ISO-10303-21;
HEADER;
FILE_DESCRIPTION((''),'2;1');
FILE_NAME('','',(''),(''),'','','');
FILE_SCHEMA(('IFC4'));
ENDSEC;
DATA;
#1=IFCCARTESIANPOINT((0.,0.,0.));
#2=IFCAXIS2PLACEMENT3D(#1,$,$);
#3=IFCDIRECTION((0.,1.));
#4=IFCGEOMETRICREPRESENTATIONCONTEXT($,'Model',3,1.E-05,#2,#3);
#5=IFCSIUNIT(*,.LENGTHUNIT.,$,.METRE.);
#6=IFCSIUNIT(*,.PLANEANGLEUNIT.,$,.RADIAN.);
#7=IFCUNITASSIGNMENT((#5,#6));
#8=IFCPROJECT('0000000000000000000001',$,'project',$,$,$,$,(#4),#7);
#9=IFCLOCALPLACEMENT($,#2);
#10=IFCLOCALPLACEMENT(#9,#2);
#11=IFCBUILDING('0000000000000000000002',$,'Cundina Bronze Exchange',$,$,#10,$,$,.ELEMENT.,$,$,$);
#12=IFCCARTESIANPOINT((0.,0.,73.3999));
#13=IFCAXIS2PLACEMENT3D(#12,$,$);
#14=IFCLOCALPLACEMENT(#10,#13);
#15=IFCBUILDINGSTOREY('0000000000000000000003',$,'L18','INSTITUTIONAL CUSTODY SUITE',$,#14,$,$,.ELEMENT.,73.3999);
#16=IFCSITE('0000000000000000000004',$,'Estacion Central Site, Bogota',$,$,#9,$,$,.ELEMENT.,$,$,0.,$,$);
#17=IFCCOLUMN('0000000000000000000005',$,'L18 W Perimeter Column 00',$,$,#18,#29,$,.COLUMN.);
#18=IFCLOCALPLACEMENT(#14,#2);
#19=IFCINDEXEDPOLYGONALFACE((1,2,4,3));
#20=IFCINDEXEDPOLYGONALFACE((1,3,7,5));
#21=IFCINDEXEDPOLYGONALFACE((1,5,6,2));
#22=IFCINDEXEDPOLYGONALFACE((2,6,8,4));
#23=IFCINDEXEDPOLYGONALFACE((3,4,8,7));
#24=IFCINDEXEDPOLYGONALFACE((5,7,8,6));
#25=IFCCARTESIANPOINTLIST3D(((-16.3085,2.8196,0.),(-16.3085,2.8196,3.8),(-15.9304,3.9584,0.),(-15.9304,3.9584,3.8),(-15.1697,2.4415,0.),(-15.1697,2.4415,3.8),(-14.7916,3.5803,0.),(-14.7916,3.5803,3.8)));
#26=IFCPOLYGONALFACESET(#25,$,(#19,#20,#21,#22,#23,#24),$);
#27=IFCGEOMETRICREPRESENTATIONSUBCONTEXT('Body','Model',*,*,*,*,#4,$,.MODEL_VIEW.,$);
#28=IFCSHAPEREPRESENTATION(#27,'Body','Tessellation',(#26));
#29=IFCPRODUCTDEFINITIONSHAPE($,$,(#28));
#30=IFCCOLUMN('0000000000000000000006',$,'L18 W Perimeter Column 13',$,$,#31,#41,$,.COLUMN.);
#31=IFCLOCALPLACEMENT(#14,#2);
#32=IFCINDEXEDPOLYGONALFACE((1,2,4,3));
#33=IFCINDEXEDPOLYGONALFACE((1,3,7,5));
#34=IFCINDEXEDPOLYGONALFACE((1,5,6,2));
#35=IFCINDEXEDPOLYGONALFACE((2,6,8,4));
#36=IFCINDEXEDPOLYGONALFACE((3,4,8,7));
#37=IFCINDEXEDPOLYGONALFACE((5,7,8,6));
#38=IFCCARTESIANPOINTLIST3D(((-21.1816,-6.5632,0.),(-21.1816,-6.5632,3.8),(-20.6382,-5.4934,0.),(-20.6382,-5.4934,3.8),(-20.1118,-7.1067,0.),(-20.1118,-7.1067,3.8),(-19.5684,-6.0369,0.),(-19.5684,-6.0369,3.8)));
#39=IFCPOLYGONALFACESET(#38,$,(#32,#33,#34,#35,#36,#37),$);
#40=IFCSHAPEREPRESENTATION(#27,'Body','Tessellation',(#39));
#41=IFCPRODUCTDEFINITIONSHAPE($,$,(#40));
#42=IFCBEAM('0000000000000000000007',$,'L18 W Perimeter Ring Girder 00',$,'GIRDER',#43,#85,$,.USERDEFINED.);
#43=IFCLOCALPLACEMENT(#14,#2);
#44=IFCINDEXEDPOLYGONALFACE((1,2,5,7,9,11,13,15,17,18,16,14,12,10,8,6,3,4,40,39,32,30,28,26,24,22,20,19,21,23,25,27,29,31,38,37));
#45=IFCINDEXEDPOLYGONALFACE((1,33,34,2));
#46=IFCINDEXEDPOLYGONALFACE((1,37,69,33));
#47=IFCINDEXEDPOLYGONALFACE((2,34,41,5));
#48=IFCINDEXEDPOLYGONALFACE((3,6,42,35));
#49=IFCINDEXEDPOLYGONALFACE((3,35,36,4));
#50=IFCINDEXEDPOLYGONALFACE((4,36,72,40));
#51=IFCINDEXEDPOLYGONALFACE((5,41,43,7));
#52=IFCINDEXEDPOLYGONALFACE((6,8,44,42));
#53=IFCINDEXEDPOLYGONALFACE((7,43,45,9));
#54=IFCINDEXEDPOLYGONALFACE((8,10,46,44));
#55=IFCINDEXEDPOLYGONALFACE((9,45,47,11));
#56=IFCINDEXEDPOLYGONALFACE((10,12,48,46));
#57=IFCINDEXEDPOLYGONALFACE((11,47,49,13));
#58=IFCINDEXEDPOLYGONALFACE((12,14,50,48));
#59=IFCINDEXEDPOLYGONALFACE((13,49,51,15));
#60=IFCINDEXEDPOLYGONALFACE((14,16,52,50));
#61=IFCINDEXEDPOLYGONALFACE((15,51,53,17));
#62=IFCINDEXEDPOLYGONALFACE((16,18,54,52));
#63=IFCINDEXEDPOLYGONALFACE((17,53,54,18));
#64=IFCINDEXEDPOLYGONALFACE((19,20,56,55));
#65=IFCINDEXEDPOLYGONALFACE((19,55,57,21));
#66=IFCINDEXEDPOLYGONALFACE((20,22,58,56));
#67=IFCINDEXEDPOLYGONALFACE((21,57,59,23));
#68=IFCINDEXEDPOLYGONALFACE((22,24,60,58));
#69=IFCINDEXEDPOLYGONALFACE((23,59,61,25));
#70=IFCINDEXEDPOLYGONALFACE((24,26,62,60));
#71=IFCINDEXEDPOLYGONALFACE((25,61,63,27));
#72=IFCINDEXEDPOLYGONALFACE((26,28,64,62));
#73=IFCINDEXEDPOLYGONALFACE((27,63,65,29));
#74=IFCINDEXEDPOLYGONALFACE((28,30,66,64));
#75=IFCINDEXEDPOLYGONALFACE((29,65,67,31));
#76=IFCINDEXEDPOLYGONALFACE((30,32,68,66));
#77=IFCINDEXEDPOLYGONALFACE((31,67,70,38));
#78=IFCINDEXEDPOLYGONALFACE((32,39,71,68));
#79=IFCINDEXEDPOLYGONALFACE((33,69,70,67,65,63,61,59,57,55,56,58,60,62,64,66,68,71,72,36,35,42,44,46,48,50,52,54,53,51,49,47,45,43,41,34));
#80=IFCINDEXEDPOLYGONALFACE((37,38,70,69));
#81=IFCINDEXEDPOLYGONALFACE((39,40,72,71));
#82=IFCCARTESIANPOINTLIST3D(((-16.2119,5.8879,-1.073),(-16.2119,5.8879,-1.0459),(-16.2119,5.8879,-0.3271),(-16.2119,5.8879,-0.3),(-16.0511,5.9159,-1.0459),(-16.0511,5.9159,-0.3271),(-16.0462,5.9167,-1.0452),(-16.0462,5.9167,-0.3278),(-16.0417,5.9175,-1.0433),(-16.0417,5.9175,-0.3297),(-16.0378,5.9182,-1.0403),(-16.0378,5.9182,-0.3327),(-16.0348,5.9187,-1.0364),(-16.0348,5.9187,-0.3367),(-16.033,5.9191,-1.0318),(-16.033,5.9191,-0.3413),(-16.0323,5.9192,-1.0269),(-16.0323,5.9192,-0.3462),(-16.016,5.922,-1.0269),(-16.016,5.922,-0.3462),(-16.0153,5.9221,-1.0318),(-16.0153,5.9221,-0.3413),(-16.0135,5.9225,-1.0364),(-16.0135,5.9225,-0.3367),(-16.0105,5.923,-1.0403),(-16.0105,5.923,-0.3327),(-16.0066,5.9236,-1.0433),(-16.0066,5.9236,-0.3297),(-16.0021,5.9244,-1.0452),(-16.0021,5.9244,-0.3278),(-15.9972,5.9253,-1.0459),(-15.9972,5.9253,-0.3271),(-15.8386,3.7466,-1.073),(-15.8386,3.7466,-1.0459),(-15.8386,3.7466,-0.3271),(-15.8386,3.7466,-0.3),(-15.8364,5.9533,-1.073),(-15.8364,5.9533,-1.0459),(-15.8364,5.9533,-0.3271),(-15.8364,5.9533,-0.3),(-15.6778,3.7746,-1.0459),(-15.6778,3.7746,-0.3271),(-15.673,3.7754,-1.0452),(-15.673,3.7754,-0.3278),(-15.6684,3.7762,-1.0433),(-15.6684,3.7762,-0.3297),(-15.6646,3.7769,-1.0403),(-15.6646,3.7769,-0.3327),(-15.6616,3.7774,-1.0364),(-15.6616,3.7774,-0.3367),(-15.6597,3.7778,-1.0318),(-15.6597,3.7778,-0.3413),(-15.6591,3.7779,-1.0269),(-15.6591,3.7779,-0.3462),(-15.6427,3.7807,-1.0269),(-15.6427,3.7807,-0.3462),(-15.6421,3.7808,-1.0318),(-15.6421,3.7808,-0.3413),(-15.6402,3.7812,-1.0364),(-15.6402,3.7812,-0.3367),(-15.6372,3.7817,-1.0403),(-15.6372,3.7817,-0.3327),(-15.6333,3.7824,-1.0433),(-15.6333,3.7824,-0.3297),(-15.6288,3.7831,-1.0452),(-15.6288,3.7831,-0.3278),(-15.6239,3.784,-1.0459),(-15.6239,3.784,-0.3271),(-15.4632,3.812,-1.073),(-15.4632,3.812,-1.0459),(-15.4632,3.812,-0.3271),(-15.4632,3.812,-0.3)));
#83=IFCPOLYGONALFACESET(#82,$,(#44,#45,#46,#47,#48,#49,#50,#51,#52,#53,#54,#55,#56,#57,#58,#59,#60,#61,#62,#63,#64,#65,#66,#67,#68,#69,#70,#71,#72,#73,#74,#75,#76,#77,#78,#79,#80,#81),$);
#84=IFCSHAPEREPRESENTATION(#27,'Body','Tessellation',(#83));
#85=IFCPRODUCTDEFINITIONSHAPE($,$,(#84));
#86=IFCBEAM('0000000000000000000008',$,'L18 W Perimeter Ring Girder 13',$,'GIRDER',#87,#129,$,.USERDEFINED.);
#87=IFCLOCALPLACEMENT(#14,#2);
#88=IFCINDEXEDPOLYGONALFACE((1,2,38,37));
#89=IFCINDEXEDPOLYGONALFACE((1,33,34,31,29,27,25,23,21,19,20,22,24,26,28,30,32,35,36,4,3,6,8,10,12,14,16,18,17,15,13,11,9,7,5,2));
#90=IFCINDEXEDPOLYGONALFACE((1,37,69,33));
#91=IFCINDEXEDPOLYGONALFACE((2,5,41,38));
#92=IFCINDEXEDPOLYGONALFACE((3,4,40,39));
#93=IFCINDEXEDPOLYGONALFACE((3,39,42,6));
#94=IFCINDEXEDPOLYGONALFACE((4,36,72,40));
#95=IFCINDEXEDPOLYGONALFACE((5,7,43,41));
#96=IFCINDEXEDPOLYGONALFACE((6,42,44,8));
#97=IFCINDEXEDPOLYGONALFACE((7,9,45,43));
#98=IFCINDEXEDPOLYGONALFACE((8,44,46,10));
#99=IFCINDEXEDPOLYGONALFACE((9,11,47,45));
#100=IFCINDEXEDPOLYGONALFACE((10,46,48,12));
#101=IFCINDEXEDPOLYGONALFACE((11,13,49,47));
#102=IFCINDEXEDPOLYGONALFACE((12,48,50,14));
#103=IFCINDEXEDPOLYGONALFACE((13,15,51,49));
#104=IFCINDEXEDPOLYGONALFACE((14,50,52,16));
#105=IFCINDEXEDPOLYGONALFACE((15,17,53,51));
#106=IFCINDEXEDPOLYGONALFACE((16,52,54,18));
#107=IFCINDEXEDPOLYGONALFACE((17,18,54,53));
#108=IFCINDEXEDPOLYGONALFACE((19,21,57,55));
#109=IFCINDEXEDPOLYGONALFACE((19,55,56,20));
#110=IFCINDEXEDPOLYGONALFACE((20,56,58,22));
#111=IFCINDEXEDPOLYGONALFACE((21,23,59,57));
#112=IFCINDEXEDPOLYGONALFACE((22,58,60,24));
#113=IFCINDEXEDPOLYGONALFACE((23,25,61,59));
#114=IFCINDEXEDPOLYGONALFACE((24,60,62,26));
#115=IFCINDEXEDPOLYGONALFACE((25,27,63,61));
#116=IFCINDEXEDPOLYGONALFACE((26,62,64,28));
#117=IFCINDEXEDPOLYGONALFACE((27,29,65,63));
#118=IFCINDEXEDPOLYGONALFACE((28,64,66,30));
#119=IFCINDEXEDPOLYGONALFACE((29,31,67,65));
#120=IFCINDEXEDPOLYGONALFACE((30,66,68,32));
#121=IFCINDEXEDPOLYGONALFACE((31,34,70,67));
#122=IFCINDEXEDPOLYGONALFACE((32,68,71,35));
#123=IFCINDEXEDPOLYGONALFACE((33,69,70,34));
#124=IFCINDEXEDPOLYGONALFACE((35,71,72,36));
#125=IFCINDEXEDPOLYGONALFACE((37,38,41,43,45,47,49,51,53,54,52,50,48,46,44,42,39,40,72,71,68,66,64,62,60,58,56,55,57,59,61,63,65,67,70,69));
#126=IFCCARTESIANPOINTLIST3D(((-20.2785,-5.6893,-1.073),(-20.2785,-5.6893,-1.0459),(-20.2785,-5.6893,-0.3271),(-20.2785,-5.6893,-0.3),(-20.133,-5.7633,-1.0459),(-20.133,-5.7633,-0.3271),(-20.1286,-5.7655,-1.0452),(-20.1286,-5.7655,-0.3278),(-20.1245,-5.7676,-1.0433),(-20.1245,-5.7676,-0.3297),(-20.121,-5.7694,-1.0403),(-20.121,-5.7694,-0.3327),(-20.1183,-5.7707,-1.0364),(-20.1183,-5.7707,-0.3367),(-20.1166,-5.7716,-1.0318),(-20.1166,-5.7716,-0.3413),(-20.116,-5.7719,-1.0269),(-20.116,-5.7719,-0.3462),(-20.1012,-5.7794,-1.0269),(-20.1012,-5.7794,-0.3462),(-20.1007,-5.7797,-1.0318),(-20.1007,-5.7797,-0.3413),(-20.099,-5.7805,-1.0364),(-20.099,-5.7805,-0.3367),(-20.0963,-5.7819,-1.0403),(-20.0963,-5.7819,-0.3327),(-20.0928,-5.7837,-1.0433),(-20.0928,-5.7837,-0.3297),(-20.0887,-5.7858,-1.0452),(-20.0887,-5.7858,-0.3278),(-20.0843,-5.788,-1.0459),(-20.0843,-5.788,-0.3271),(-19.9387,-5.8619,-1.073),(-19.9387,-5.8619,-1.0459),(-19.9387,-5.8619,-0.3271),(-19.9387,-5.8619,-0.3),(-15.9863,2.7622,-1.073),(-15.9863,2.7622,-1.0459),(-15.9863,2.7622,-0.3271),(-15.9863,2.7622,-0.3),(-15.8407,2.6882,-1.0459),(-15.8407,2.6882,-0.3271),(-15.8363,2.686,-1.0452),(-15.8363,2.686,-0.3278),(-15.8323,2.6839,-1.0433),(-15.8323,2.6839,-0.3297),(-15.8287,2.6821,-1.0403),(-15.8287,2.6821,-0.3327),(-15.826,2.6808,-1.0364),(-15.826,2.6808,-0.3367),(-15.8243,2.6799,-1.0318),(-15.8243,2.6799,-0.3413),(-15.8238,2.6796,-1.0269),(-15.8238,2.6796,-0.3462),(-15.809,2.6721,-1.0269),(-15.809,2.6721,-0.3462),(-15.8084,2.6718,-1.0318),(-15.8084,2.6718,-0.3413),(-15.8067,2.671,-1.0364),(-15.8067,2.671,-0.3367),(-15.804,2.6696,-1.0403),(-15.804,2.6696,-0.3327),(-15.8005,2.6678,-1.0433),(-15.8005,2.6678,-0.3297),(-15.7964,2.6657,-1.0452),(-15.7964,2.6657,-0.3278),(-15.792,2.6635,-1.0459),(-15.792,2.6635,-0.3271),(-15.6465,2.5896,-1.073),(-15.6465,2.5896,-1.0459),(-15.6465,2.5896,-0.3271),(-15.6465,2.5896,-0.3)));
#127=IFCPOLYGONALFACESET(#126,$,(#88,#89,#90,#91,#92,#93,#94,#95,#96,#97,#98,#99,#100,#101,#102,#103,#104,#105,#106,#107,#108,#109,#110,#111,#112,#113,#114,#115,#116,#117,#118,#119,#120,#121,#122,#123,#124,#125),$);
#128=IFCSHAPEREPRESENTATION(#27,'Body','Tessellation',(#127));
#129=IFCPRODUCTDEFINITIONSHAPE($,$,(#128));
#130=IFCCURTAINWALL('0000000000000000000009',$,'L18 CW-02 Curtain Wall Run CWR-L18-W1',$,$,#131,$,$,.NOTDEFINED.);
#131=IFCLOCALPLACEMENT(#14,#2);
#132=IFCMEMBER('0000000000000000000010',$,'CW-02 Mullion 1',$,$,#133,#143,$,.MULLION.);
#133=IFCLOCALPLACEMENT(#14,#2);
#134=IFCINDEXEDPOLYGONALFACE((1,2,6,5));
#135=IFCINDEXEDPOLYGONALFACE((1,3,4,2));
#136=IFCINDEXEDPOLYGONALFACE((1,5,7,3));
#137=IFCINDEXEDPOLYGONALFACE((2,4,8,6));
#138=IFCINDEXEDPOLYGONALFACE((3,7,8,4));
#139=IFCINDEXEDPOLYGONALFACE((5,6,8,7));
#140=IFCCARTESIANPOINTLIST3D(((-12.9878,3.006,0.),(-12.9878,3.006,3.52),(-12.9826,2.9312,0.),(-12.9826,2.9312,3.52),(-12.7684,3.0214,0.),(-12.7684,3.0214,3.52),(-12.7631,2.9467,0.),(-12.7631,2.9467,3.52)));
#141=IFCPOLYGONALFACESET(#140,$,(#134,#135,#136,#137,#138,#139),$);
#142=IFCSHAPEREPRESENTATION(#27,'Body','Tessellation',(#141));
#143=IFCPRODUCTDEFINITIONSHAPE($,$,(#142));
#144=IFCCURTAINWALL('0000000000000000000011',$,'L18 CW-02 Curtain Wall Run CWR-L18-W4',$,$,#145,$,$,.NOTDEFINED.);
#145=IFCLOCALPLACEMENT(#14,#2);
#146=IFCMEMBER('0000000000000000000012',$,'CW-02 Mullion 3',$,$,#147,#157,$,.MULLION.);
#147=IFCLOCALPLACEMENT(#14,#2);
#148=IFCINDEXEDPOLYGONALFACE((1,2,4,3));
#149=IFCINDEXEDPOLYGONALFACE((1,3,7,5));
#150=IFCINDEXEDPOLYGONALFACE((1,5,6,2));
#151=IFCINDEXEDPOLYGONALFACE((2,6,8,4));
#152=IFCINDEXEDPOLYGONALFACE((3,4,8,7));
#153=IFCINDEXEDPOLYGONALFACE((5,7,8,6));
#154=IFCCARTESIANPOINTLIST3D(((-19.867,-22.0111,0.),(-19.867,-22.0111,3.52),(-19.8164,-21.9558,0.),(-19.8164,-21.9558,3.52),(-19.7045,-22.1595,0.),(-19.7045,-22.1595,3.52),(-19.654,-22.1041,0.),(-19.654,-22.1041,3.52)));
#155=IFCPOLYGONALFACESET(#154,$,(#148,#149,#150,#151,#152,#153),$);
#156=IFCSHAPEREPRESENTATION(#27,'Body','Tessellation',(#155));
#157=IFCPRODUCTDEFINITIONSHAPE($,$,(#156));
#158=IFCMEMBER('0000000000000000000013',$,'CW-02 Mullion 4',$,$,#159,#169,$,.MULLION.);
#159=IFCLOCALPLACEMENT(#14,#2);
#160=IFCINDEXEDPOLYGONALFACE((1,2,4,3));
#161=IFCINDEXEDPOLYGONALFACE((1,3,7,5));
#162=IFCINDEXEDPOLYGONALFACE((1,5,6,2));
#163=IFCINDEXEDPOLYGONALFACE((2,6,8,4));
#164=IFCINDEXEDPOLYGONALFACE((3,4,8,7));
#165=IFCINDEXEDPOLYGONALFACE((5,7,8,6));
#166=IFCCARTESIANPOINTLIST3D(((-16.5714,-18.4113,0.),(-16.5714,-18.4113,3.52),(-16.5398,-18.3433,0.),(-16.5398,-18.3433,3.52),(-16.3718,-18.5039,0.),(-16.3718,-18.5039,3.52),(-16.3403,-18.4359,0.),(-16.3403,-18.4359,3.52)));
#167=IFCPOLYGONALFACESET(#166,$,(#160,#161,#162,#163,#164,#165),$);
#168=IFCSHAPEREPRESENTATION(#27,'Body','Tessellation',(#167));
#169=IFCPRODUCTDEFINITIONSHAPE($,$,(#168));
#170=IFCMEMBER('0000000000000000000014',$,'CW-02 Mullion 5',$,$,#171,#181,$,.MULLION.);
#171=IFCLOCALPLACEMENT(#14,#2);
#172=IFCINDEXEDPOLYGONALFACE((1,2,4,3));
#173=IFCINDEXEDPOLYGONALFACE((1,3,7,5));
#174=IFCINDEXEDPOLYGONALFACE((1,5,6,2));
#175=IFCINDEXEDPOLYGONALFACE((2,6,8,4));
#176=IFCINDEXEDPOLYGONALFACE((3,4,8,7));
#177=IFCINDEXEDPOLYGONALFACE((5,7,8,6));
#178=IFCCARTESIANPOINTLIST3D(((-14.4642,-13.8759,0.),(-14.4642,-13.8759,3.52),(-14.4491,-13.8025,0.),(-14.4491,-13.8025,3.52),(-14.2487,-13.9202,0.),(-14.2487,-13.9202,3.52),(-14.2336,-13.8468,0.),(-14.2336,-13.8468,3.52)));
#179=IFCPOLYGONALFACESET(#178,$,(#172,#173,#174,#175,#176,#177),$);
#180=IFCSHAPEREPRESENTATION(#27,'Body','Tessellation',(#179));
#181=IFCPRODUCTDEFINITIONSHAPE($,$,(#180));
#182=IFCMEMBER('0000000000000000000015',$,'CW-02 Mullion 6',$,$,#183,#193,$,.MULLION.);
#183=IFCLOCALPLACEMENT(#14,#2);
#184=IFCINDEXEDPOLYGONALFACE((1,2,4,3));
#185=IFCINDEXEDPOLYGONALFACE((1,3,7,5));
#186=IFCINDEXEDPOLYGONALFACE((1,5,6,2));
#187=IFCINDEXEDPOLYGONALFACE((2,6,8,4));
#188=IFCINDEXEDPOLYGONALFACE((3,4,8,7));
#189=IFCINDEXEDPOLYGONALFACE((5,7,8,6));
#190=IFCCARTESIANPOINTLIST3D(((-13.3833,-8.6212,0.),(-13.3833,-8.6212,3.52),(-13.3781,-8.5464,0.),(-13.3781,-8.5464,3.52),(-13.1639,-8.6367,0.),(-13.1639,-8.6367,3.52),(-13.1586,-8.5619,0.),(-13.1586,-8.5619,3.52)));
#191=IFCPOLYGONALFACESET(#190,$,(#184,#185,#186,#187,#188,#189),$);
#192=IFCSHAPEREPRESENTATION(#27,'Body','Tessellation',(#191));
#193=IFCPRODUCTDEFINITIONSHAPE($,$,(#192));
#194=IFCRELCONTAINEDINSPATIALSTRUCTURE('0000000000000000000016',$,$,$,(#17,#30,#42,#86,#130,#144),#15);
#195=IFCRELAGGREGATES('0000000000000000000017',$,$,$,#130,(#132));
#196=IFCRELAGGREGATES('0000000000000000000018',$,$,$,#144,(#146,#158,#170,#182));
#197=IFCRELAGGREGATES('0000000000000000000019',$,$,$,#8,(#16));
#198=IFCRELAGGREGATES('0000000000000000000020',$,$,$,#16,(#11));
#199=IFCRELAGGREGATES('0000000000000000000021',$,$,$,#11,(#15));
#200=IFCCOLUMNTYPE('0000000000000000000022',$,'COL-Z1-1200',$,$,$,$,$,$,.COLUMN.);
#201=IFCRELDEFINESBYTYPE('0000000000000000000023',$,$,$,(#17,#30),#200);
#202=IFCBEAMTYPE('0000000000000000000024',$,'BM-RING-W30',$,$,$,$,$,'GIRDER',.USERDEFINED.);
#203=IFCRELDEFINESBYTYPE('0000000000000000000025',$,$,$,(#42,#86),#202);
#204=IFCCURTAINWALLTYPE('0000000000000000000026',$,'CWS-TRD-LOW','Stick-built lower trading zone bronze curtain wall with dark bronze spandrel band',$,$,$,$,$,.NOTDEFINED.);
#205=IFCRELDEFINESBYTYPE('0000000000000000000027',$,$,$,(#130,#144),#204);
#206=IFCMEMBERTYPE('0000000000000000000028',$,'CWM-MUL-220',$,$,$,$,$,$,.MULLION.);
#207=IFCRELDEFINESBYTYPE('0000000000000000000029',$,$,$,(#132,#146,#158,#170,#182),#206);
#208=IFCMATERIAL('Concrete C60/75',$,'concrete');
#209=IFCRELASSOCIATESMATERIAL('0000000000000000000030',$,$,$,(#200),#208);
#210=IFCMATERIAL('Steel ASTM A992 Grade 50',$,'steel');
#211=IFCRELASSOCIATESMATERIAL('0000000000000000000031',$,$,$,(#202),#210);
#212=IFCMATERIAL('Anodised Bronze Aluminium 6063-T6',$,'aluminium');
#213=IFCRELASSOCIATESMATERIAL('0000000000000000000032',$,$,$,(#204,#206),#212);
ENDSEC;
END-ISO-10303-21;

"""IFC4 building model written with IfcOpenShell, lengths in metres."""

from ifc_helpers import new_model, si_unit, direction, frame, origin, origin_2d, place, context, subcontext, project, spatial, rectangle, i_section, extrude, material, material_profile, profile_set, type_object, element, aggregate, save


model = new_model("IFC4")

# Units and contexts
model_context = context("Model", 3, precision=1e-05, world=origin(), true_north=direction((0.0, 1.0)))
body_context = subcontext(model_context, "Body", "Model", "MODEL_VIEW")
ifc_project = project(units=[si_unit("LENGTHUNIT", "METRE"), si_unit("PLANEANGLEUNIT", "RADIAN")], contexts=[model_context])

# Site, building, storey
site_placement = place(None, origin())
site = spatial("IfcSite", under=ifc_project, at=site_placement, Name="Estacion Central Site, Bogota", CompositionType="ELEMENT", RefElevation=0.0)
building_placement = place(site_placement, origin())
building = spatial("IfcBuilding", under=site, at=building_placement, Name="Cundina Bronze Exchange", CompositionType="ELEMENT")
storey_placement = place(building_placement, frame((0.0, 0.0, 73.3999)))
storey = spatial("IfcBuildingStorey", under=building, at=storey_placement, Name="L18", Description="INSTITUTIONAL CUSTODY SUITE", CompositionType="ELEMENT", Elevation=73.3999)

# Columns
ifc_material_1 = material(Name="Concrete C60/75", Category="concrete")
ifc_material_profile_1 = material_profile(ifc_material_1, rectangle(XDim=1.2, YDim=1.2, at=origin_2d()), Name="RC1200X1200", Category="concrete")
ifc_profile_set_1 = profile_set([ifc_material_profile_1], Name="Concrete C60/75")
column_type = type_object("IfcColumnType", Name="COL-Z1-1200", PredefinedType="COLUMN", material=ifc_profile_set_1)
for number, where, z_axis, x_axis, name in (
    (1, (-15.55, 3.2, 0.0), (0.0, 0.0, 1.0), (0.315152, 0.949041, 0.0), "L18 W Perimeter Column 00"),
    (2, (-20.375, -6.3, 0.0), (0.0, 0.0, 1.0), (0.452902, 0.891561, 0.0), "L18 W Perimeter Column 13"),
):
    element("IfcColumn", number, at=place(storey_placement, frame(where, z_axis=z_axis, x_axis=x_axis)), inside=storey, type_object=column_type, Name=name, PredefinedType="COLUMN", context=body_context, shape_type="SweptSolid", body=[
        extrude(rectangle(XDim=1.2, YDim=1.2, at=origin_2d()), origin(), (0.0, 0.0, 1.0), 3.8),
    ])

# Beams
ifc_material_2 = material(Name="Steel ASTM A992 Grade 50", Category="steel")
ifc_material_profile_2 = material_profile(ifc_material_2, i_section(OverallWidth=0.3811, OverallDepth=0.7729, WebThickness=0.0166, FlangeThickness=0.0271, FilletRadius=0.019, at=origin_2d()), Name="W30X173", Category="steel")
ifc_profile_set_2 = profile_set([ifc_material_profile_2], Name="Steel ASTM A992 Grade 50")
beam_type = type_object("IfcBeamType", Name="BM-RING-W30", ElementType="GIRDER", PredefinedType="USERDEFINED", material=ifc_profile_set_2)
beam_1_placement = place(storey_placement, frame((-15.6509, 3.7793, -0.6865), z_axis=(-0.171735, 0.985143, 0.0), x_axis=(-0.985143, -0.171735, 0.0)))
element("IfcBeam", 3, at=beam_1_placement, inside=storey, type_object=beam_type, Name="L18 W Perimeter Ring Girder 00", ObjectType="GIRDER", PredefinedType="USERDEFINED", context=body_context, shape_type="SweptSolid", body=[
    extrude(i_section(OverallWidth=0.3811, OverallDepth=0.7729, WebThickness=0.0166, FlangeThickness=0.0271, FilletRadius=0.019, at=origin_2d()), origin(), (0.0, 0.0, 1.0), 2.1736),
])
beam_2_placement = place(storey_placement, frame((-20.1086, -5.7756, -0.6865), z_axis=(0.45282, 0.891602, 0.0), x_axis=(-0.891602, 0.45282, 0.0)))
element("IfcBeam", 4, at=beam_2_placement, inside=storey, type_object=beam_type, Name="L18 W Perimeter Ring Girder 13", ObjectType="GIRDER", PredefinedType="USERDEFINED", context=body_context, shape_type="SweptSolid", body=[
    extrude(i_section(OverallWidth=0.3811, OverallDepth=0.7729, WebThickness=0.0166, FlangeThickness=0.0271, FilletRadius=0.019, at=origin_2d()), origin(), (0.0, 0.0, 1.0), 9.479),
])

# Curtain wall, member
ifc_material_3 = material(Name="Anodised Bronze Aluminium 6063-T6", Category="aluminium")
curtain_wall_type = type_object("IfcCurtainWallType", Name="CWS-TRD-LOW", Description="Stick-built lower trading zone bronze curtain wall with dark bronze spandrel band", PredefinedType="NOTDEFINED", material=ifc_material_3)
curtain_wall_1_placement = place(storey_placement, origin())
curtain_wall_1 = element("IfcCurtainWall", 5, at=curtain_wall_1_placement, inside=storey, type_object=curtain_wall_type, Name="L18 CW-02 Curtain Wall Run CWR-L18-W1", PredefinedType="NOTDEFINED")
ifc_material_profile_3 = material_profile(ifc_material_3, rectangle(XDim=0.075, YDim=0.22, at=origin_2d()), Name="AL75X220", Category="aluminium")
ifc_profile_set_3 = profile_set([ifc_material_profile_3], Name="Anodised Bronze Aluminium 6063-T6")
member_type_1 = type_object("IfcMemberType", Name="CWM-MUL-220", PredefinedType="MULLION", material=ifc_profile_set_3)
member_1_placement = place(storey_placement, frame((-12.8755, 2.9763, 0.0), z_axis=(0.0, 0.0, 1.0), x_axis=(-0.070279, 0.997527, 0.0)))
member_1 = element("IfcMember", 6, at=member_1_placement, type_object=member_type_1, Name="CW-02 Mullion 1", PredefinedType="MULLION", context=body_context, shape_type="SweptSolid", body=[
    extrude(rectangle(XDim=0.075, YDim=0.22, at=origin_2d()), origin(), (0.0, 0.0, 1.0), 3.52),
])

# Curtain wall, members
curtain_wall_2_placement = place(storey_placement, origin())
curtain_wall_2 = element("IfcCurtainWall", 7, at=curtain_wall_2_placement, inside=storey, type_object=curtain_wall_type, Name="L18 CW-02 Curtain Wall Run CWR-L18-W4", PredefinedType="NOTDEFINED")
member_2_placement = place(storey_placement, frame((-19.7605, -22.0576, 0.0), z_axis=(0.0, 0.0, 1.0), x_axis=(0.674302, 0.738455, 0.0)))
member_2 = element("IfcMember", 8, at=member_2_placement, type_object=member_type_1, Name="CW-02 Mullion 3", PredefinedType="MULLION", context=body_context, shape_type="SweptSolid", body=[
    extrude(rectangle(XDim=0.075, YDim=0.22, at=origin_2d()), origin(), (0.0, 0.0, 1.0), 3.52),
])
member_3_placement = place(storey_placement, frame((-16.4558, -18.4236, 0.0), z_axis=(0.0, 0.0, 1.0), x_axis=(0.420877, 0.907117, 0.0)))
member_3 = element("IfcMember", 9, at=member_3_placement, type_object=member_type_1, Name="CW-02 Mullion 4", PredefinedType="MULLION", context=body_context, shape_type="SweptSolid", body=[
    extrude(rectangle(XDim=0.075, YDim=0.22, at=origin_2d()), origin(), (0.0, 0.0, 1.0), 3.52),
])
member_4_placement = place(storey_placement, frame((-14.3489, -13.8613, 0.0), z_axis=(0.0, 0.0, 1.0), x_axis=(0.20142, 0.979505, 0.0)))
member_4 = element("IfcMember", 10, at=member_4_placement, type_object=member_type_1, Name="CW-02 Mullion 5", PredefinedType="MULLION", context=body_context, shape_type="SweptSolid", body=[
    extrude(rectangle(XDim=0.075, YDim=0.22, at=origin_2d()), origin(), (0.0, 0.0, 1.0), 3.52),
])
member_5_placement = place(storey_placement, frame((-13.271, -8.5916, 0.0), z_axis=(0.0, 0.0, 1.0), x_axis=(0.070279, 0.997527, 0.0)))
member_5 = element("IfcMember", 11, at=member_5_placement, type_object=member_type_1, Name="CW-02 Mullion 6", PredefinedType="MULLION", context=body_context, shape_type="SweptSolid", body=[
    extrude(rectangle(XDim=0.075, YDim=0.22, at=origin_2d()), origin(), (0.0, 0.0, 1.0), 3.52),
])

aggregate(curtain_wall_1, [member_1])

aggregate(curtain_wall_2, [member_2, member_3, member_4, member_5])

save(model, "model.ifc")
